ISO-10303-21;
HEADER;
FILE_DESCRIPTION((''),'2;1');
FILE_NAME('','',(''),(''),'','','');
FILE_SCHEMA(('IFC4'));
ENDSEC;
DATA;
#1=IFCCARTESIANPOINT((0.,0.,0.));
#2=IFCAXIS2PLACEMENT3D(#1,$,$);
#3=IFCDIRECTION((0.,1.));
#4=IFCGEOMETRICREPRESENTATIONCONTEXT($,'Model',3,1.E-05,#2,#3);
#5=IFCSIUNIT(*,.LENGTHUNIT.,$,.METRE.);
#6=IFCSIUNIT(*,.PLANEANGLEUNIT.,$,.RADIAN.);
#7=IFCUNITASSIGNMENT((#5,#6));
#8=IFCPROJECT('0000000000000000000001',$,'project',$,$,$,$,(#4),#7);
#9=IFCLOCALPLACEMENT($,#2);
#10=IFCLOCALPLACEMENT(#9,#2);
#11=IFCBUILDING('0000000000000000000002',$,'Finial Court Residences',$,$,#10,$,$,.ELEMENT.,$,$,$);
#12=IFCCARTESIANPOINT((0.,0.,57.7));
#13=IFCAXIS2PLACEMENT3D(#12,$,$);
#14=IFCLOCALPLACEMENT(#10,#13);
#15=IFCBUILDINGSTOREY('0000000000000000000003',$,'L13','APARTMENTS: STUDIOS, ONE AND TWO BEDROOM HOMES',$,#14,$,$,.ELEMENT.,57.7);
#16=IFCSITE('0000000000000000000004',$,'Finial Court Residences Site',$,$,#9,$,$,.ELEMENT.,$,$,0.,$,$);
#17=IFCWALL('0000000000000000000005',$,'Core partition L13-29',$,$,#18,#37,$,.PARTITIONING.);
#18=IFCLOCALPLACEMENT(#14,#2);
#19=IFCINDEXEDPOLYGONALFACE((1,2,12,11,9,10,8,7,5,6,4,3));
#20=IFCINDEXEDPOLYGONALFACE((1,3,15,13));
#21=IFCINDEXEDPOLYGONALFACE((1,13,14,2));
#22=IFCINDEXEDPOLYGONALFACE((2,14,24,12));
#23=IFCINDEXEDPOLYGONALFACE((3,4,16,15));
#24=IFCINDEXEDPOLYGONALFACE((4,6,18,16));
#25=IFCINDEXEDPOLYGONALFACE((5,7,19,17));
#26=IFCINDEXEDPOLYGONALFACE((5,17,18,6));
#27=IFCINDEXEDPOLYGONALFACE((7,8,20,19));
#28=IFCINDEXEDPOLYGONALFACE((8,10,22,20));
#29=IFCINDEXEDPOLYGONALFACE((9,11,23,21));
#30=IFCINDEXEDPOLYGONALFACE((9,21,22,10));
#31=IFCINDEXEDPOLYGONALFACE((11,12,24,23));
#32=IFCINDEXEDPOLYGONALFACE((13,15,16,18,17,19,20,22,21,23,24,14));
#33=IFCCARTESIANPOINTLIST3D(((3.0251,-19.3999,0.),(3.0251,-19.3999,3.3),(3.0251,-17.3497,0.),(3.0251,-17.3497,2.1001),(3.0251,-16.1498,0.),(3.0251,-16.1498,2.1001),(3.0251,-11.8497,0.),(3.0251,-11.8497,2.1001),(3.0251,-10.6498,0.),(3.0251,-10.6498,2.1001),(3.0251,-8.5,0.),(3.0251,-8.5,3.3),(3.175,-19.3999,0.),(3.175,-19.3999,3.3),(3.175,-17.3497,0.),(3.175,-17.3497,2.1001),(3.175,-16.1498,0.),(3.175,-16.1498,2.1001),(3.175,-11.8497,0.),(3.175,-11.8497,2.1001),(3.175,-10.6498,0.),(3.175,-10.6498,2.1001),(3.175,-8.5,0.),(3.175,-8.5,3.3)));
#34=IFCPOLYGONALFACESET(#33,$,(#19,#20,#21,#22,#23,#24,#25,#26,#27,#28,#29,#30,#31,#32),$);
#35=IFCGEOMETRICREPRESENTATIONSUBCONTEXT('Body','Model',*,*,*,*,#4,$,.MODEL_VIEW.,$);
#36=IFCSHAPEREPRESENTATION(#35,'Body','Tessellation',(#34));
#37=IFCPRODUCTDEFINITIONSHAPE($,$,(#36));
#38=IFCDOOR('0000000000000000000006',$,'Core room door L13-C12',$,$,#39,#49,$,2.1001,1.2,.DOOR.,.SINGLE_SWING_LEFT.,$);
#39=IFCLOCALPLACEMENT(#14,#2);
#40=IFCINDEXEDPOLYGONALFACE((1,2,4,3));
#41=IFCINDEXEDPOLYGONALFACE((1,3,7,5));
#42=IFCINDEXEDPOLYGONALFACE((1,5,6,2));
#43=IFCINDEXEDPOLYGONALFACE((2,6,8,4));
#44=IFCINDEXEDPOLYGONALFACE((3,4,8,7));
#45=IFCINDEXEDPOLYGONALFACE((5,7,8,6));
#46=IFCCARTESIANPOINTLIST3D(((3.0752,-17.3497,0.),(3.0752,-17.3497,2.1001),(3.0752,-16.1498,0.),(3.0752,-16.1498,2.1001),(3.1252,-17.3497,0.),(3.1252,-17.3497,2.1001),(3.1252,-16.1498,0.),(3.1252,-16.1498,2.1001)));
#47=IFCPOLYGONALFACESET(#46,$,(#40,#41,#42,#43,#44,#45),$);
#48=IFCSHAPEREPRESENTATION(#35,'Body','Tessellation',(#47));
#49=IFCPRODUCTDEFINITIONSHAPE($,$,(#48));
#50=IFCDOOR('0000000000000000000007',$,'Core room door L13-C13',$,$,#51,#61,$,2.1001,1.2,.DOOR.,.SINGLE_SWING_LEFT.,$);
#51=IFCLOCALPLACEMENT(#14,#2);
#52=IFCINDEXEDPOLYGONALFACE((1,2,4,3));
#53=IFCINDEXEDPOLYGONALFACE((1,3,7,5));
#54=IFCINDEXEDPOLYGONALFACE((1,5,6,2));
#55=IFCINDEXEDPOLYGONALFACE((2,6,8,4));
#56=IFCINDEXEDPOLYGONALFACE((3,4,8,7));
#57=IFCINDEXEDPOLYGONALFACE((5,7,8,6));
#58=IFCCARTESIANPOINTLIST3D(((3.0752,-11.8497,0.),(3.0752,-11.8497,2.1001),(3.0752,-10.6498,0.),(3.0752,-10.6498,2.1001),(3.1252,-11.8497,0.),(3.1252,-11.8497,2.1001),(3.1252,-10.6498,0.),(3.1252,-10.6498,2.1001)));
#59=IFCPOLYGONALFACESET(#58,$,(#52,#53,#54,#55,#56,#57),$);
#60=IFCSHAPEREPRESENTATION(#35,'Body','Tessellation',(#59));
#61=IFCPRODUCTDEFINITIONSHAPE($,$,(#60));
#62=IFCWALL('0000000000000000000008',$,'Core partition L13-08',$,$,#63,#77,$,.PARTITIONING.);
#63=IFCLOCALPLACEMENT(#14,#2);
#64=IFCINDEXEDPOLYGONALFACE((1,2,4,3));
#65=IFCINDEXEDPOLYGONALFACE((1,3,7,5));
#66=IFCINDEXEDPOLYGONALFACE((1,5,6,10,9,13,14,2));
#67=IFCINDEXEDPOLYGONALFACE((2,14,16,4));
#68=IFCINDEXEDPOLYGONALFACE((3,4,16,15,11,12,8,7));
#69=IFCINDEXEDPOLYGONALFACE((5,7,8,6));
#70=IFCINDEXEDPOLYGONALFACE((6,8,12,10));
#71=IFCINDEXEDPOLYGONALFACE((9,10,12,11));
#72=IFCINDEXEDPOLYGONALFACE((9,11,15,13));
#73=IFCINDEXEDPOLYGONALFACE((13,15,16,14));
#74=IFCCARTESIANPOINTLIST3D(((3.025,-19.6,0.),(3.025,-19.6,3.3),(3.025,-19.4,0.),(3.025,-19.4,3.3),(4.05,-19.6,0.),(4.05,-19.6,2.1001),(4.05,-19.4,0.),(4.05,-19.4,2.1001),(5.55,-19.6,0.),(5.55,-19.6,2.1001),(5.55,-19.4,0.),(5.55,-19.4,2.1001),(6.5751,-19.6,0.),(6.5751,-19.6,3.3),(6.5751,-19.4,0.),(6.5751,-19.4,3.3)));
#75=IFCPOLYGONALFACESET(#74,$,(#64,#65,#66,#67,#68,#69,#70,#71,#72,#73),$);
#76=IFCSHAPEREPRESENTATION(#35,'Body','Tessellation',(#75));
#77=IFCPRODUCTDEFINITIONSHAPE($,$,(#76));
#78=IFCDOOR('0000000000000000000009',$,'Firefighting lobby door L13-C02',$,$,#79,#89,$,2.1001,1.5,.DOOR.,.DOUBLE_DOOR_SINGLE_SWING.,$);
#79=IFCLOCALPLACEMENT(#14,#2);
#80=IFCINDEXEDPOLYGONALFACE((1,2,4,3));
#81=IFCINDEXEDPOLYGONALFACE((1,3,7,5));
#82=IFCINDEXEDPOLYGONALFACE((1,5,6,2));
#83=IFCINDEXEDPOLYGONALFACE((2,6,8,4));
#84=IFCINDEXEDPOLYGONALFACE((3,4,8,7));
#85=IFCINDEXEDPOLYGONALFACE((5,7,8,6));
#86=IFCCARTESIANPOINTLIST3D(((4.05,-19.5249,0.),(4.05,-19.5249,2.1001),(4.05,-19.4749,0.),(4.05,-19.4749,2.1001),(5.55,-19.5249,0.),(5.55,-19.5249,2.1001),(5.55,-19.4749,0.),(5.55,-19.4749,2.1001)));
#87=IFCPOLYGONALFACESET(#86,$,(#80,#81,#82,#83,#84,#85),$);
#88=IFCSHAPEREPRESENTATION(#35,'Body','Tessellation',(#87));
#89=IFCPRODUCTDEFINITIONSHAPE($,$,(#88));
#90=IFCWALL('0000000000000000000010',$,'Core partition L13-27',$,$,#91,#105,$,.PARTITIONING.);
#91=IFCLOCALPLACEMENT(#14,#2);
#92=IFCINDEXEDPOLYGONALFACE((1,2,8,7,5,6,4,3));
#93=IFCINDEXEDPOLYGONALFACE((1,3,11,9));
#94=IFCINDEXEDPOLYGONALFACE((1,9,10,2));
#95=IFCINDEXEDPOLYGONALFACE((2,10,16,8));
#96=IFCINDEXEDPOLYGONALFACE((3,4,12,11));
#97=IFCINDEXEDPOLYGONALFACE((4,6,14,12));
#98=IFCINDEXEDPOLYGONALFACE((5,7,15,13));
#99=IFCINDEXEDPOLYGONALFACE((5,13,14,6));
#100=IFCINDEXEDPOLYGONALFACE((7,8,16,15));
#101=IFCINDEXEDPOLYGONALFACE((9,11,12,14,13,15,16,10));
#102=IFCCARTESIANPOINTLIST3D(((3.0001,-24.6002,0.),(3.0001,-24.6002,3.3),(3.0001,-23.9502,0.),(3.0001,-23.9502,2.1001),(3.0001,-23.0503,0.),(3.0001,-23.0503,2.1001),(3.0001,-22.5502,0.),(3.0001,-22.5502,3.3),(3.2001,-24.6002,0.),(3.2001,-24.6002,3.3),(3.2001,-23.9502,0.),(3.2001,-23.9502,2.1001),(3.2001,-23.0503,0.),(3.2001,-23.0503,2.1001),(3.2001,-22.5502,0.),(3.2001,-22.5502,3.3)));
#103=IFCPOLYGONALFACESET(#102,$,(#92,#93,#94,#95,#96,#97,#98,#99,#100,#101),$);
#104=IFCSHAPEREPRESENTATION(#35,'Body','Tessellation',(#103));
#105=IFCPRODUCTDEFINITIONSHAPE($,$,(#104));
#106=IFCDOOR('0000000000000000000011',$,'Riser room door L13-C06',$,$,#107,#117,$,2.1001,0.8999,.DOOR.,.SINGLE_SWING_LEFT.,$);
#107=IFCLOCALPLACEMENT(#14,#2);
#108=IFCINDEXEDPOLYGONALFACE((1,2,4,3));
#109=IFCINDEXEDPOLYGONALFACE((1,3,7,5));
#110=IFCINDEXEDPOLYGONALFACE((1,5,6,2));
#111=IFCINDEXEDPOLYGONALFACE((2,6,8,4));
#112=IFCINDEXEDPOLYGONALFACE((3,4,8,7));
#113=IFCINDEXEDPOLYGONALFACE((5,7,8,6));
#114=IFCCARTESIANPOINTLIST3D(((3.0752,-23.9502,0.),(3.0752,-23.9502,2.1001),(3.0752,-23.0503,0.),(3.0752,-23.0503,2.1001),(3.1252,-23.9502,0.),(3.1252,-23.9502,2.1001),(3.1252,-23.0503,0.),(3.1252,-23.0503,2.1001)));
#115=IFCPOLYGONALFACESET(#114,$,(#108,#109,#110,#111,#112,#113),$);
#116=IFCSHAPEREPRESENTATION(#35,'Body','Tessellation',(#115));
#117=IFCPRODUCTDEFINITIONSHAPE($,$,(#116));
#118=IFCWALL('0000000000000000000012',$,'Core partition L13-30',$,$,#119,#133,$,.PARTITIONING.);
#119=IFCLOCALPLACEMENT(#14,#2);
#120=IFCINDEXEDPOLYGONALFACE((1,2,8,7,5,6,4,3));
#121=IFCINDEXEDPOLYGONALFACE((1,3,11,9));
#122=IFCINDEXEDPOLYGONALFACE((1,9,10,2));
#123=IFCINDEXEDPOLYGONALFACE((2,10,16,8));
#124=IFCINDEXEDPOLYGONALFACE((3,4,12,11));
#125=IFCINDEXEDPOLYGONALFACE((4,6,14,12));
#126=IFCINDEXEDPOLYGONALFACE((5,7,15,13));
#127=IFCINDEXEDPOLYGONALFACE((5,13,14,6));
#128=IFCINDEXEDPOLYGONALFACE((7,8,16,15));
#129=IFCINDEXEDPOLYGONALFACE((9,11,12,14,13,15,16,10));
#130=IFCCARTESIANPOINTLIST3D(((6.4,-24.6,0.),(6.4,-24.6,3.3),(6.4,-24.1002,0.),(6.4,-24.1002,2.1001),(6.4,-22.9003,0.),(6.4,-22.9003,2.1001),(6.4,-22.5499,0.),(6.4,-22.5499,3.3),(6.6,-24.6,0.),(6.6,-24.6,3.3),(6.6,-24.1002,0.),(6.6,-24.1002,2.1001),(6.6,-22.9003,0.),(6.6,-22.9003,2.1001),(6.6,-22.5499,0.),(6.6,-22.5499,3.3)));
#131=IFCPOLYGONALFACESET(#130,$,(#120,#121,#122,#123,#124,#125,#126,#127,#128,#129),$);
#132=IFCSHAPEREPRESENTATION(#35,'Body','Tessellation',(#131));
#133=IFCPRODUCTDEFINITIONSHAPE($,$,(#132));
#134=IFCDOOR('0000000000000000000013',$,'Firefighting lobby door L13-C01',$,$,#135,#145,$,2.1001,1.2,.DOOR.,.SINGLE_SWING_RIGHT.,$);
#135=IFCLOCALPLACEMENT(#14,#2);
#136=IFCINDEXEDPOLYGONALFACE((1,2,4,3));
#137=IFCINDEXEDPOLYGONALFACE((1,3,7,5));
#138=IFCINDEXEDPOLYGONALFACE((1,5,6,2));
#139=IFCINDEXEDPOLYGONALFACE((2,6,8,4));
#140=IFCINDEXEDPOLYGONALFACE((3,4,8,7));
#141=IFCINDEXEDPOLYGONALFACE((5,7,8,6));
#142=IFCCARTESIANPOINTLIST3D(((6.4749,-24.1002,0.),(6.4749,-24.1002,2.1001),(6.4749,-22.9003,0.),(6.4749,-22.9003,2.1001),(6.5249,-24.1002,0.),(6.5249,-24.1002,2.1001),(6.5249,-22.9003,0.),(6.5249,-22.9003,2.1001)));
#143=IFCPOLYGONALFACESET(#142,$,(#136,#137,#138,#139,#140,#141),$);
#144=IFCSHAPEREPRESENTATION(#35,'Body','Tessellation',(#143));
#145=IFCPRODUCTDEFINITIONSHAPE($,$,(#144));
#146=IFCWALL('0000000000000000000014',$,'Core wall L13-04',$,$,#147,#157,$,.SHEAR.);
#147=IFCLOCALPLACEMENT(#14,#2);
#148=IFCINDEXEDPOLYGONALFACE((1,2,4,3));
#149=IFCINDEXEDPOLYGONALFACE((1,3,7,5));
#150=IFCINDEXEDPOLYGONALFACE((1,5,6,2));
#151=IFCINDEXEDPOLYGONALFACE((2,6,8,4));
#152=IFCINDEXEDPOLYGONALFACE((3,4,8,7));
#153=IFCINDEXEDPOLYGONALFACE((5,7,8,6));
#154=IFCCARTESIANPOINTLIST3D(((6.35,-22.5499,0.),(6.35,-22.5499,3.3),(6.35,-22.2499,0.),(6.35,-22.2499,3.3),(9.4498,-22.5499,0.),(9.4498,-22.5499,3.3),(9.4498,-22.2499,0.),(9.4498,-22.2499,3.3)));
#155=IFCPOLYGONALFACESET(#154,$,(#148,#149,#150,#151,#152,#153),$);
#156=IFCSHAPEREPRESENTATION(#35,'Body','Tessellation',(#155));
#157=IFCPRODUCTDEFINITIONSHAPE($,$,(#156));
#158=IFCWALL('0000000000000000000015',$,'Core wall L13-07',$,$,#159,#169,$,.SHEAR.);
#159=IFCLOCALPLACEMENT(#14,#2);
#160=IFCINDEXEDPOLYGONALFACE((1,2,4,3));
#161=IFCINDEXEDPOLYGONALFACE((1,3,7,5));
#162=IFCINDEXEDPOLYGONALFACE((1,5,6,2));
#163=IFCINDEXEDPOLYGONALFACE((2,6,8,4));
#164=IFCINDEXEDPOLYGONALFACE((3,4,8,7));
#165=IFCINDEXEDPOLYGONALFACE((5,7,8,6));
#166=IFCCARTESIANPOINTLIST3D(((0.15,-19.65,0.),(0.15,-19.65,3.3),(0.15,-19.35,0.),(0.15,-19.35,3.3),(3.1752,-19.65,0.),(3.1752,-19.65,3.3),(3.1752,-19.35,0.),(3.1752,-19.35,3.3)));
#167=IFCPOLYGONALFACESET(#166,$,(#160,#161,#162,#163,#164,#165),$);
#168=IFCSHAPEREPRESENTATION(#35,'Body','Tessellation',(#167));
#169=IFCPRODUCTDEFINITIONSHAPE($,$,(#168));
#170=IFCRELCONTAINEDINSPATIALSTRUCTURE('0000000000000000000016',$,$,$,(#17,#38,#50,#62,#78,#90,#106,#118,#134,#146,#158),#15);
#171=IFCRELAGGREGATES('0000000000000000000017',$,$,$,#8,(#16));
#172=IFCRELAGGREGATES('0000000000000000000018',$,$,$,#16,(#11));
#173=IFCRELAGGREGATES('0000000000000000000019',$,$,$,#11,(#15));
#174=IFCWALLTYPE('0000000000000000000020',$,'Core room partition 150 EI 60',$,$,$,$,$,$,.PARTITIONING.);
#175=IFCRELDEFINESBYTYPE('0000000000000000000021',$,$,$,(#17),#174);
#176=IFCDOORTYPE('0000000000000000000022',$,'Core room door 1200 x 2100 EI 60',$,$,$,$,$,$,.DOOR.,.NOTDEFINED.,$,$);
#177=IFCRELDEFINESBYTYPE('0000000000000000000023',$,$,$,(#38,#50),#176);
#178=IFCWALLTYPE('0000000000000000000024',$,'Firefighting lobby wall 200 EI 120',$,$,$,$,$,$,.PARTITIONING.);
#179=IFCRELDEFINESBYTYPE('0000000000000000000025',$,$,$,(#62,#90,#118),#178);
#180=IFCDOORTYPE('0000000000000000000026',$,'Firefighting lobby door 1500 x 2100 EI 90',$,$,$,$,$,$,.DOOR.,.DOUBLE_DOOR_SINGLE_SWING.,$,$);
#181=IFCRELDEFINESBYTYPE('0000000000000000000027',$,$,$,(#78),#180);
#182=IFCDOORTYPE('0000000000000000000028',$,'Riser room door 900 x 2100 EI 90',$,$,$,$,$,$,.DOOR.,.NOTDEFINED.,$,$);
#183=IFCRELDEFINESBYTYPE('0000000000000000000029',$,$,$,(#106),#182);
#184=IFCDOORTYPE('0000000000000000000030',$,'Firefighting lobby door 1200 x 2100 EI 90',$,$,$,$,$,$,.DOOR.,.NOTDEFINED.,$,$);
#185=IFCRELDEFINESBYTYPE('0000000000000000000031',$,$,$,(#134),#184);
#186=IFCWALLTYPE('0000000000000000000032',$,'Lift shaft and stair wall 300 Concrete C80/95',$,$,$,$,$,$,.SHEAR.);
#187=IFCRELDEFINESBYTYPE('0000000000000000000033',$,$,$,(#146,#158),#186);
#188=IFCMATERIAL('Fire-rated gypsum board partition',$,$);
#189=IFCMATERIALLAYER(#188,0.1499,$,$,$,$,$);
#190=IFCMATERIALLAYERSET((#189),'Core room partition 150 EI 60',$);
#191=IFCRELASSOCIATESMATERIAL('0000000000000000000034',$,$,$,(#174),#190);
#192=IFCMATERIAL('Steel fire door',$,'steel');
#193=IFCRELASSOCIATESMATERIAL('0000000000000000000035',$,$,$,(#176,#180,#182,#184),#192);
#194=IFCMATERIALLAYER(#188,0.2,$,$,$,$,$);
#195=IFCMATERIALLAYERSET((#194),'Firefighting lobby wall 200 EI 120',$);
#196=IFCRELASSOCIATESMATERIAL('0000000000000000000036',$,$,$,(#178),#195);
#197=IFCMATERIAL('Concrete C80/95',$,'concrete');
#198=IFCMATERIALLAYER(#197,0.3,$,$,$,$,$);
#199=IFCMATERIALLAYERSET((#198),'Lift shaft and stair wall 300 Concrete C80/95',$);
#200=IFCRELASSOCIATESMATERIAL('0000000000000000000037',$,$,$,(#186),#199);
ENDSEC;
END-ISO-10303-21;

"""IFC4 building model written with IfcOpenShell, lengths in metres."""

from ifc_helpers import new_model, si_unit, direction, frame, frame_2d, origin, place, context, subcontext, project, spatial, rectangle, extrude, material, layer, layer_set, type_object, element, fill, save


model = new_model("IFC4")

# Units and contexts
model_context = context("Model", 3, precision=1e-05, world=origin(), true_north=direction((0.0, 1.0)))
body_context = subcontext(model_context, "Body", "Model", "MODEL_VIEW")
ifc_project = project(units=[si_unit("LENGTHUNIT", "METRE"), si_unit("PLANEANGLEUNIT", "RADIAN")], contexts=[model_context])

# Site, building, storey
site_placement = place(None, origin())
site = spatial("IfcSite", under=ifc_project, at=site_placement, Name="Finial Court Residences Site", CompositionType="ELEMENT", RefElevation=0.0)
building_placement = place(site_placement, origin())
building = spatial("IfcBuilding", under=site, at=building_placement, Name="Finial Court Residences", CompositionType="ELEMENT")
storey_placement = place(building_placement, frame((0.0, 0.0, 57.7)))
storey = spatial("IfcBuildingStorey", under=building, at=storey_placement, Name="L13", Description="APARTMENTS: STUDIOS, ONE AND TWO BEDROOM HOMES", CompositionType="ELEMENT", Elevation=57.7)

# Wall, openings, doors
ifc_material_1 = material(Name="Fire-rated gypsum board partition")
ifc_layer_1 = layer(ifc_material_1, 0.1499)
ifc_layer_set_1 = layer_set([ifc_layer_1], Name="Core room partition 150 EI 60")
wall_type_1 = type_object("IfcWallType", Name="Core room partition 150 EI 60", PredefinedType="PARTITIONING", material=ifc_layer_set_1)
wall_1_placement = place(storey_placement, frame((3.1001, -19.3999, 0.0), z_axis=(0.0, 0.0, 1.0), x_axis=(0.0, 1.0, 0.0)))
wall_1 = element("IfcWall", 1, at=wall_1_placement, inside=storey, type_object=wall_type_1, Name="Core partition L13-29", PredefinedType="PARTITIONING", context=body_context, shape_type="SweptSolid", body=[
    extrude(rectangle(XDim=10.8999, YDim=0.1499, at=frame_2d((5.45, 0.0))), origin(), (0.0, 0.0, 1.0), 3.3),
])
opening_1_placement = place(wall_1_placement, frame((2.05, 0.0, 0.0)))
opening_1 = element("IfcOpeningElement", 2, at=opening_1_placement, cuts=wall_1, PredefinedType="OPENING", context=body_context, shape_type="SweptSolid", body=[
    extrude(rectangle(XDim=1.2, YDim=2.1001, at=frame_2d((0.6001, 1.05))), frame((0.0, 0.085, 0.0), z_axis=(0.0, -1.0, 0.0), x_axis=(1.0, 0.0, 0.0)), (0.0, 0.0, 1.0), 0.1699),
])
opening_2_placement = place(wall_1_placement, frame((7.55, 0.0, 0.0)))
opening_2 = element("IfcOpeningElement", 3, at=opening_2_placement, cuts=wall_1, PredefinedType="OPENING", context=body_context, shape_type="SweptSolid", body=[
    extrude(rectangle(XDim=1.2, YDim=2.1001, at=frame_2d((0.6001, 1.05))), frame((0.0, 0.085, 0.0), z_axis=(0.0, -1.0, 0.0), x_axis=(1.0, 0.0, 0.0)), (0.0, 0.0, 1.0), 0.1699),
])
ifc_material_2 = material(Name="Steel fire door", Category="steel")
door_type_1 = type_object("IfcDoorType", Name="Core room door 1200 x 2100 EI 60", OperationType="NOTDEFINED", PredefinedType="DOOR", material=ifc_material_2)
door_1_placement = place(opening_1_placement, origin())
door_1 = element("IfcDoor", 4, at=door_1_placement, inside=storey, type_object=door_type_1, Name="Core room door L13-C12", OperationType="SINGLE_SWING_LEFT", OverallHeight=2.1001, OverallWidth=1.2, PredefinedType="DOOR", context=body_context, shape_type="SweptSolid", body=[
    extrude(rectangle(XDim=1.2, YDim=2.1001, at=frame_2d((0.6001, 1.05))), frame((0.0, 0.0249, 0.0), z_axis=(0.0, -1.0, 0.0), x_axis=(1.0, 0.0, 0.0)), (0.0, 0.0, 1.0), 0.05),
])
fill(opening_1, door_1)
door_2_placement = place(opening_2_placement, origin())
door_2 = element("IfcDoor", 5, at=door_2_placement, inside=storey, type_object=door_type_1, Name="Core room door L13-C13", OperationType="SINGLE_SWING_LEFT", OverallHeight=2.1001, OverallWidth=1.2, PredefinedType="DOOR", context=body_context, shape_type="SweptSolid", body=[
    extrude(rectangle(XDim=1.2, YDim=2.1001, at=frame_2d((0.6001, 1.05))), frame((0.0, 0.0249, 0.0), z_axis=(0.0, -1.0, 0.0), x_axis=(1.0, 0.0, 0.0)), (0.0, 0.0, 1.0), 0.05),
])
fill(opening_2, door_2)

# Walls, openings, doors
ifc_layer_2 = layer(ifc_material_1, 0.2)
ifc_layer_set_2 = layer_set([ifc_layer_2], Name="Firefighting lobby wall 200 EI 120")
wall_type_2 = type_object("IfcWallType", Name="Firefighting lobby wall 200 EI 120", PredefinedType="PARTITIONING", material=ifc_layer_set_2)
wall_2_placement = place(storey_placement, frame((6.575, -19.5, 0.0), z_axis=(0.0, 0.0, 1.0), x_axis=(-1.0, 0.0, 0.0)))
wall_2 = element("IfcWall", 6, at=wall_2_placement, inside=storey, type_object=wall_type_2, Name="Core partition L13-08", PredefinedType="PARTITIONING", context=body_context, shape_type="SweptSolid", body=[
    extrude(rectangle(XDim=3.55, YDim=0.2, at=frame_2d((1.7749, 0.0))), origin(), (0.0, 0.0, 1.0), 3.3),
])
opening_3_placement = place(wall_2_placement, frame((1.0249, 0.0, 0.0)))
opening_3 = element("IfcOpeningElement", 7, at=opening_3_placement, cuts=wall_2, PredefinedType="OPENING", context=body_context, shape_type="SweptSolid", body=[
    extrude(rectangle(XDim=1.5, YDim=2.1001, at=frame_2d((0.75, 1.05))), frame((0.0, 0.1099, 0.0), z_axis=(0.0, -1.0, 0.0), x_axis=(1.0, 0.0, 0.0)), (0.0, 0.0, 1.0), 0.22),
])
door_type_2 = type_object("IfcDoorType", Name="Firefighting lobby door 1500 x 2100 EI 90", OperationType="DOUBLE_DOOR_SINGLE_SWING", PredefinedType="DOOR", material=ifc_material_2)
door_3_placement = place(opening_3_placement, origin())
door_3 = element("IfcDoor", 8, at=door_3_placement, inside=storey, type_object=door_type_2, Name="Firefighting lobby door L13-C02", OperationType="DOUBLE_DOOR_SINGLE_SWING", OverallHeight=2.1001, OverallWidth=1.5, PredefinedType="DOOR", context=body_context, shape_type="SweptSolid", body=[
    extrude(rectangle(XDim=1.5, YDim=2.1001, at=frame_2d((0.75, 1.05))), frame((0.0, 0.0249, 0.0), z_axis=(0.0, -1.0, 0.0), x_axis=(1.0, 0.0, 0.0)), (0.0, 0.0, 1.0), 0.05),
])
fill(opening_3, door_3)
wall_3_placement = place(storey_placement, frame((3.1001, -24.6001, 0.0), z_axis=(0.0, 0.0, 1.0), x_axis=(0.0, 1.0, 0.0)))
wall_3 = element("IfcWall", 9, at=wall_3_placement, inside=storey, type_object=wall_type_2, Name="Core partition L13-27", PredefinedType="PARTITIONING", context=body_context, shape_type="SweptSolid", body=[
    extrude(rectangle(XDim=2.05, YDim=0.2, at=frame_2d((1.0249, 0.0))), origin(), (0.0, 0.0, 1.0), 3.3),
])
opening_4_placement = place(wall_3_placement, frame((0.6499, 0.0, 0.0)))
opening_4 = element("IfcOpeningElement", 10, at=opening_4_placement, cuts=wall_3, PredefinedType="OPENING", context=body_context, shape_type="SweptSolid", body=[
    extrude(rectangle(XDim=0.8999, YDim=2.1001, at=frame_2d((0.45, 1.05))), frame((0.0, 0.1099, 0.0), z_axis=(0.0, -1.0, 0.0), x_axis=(1.0, 0.0, 0.0)), (0.0, 0.0, 1.0), 0.22),
])
door_type_3 = type_object("IfcDoorType", Name="Riser room door 900 x 2100 EI 90", OperationType="NOTDEFINED", PredefinedType="DOOR", material=ifc_material_2)
door_4_placement = place(opening_4_placement, origin())
door_4 = element("IfcDoor", 11, at=door_4_placement, inside=storey, type_object=door_type_3, Name="Riser room door L13-C06", OperationType="SINGLE_SWING_LEFT", OverallHeight=2.1001, OverallWidth=0.8999, PredefinedType="DOOR", context=body_context, shape_type="SweptSolid", body=[
    extrude(rectangle(XDim=0.8999, YDim=2.1001, at=frame_2d((0.45, 1.05))), frame((0.0, 0.0249, 0.0), z_axis=(0.0, -1.0, 0.0), x_axis=(1.0, 0.0, 0.0)), (0.0, 0.0, 1.0), 0.05),
])
fill(opening_4, door_4)
wall_4_placement = place(storey_placement, frame((6.5, -22.55, 0.0), z_axis=(0.0, 0.0, 1.0), x_axis=(0.0, -1.0, 0.0)))
wall_4 = element("IfcWall", 12, at=wall_4_placement, inside=storey, type_object=wall_type_2, Name="Core partition L13-30", PredefinedType="PARTITIONING", context=body_context, shape_type="SweptSolid", body=[
    extrude(rectangle(XDim=2.05, YDim=0.2, at=frame_2d((1.0249, 0.0))), origin(), (0.0, 0.0, 1.0), 3.3),
])
opening_5_placement = place(wall_4_placement, frame((0.3501, 0.0, 0.0)))
opening_5 = element("IfcOpeningElement", 13, at=opening_5_placement, cuts=wall_4, PredefinedType="OPENING", context=body_context, shape_type="SweptSolid", body=[
    extrude(rectangle(XDim=1.2, YDim=2.1001, at=frame_2d((0.6001, 1.05))), frame((0.0, 0.1099, 0.0), z_axis=(0.0, -1.0, 0.0), x_axis=(1.0, 0.0, 0.0)), (0.0, 0.0, 1.0), 0.22),
])
door_type_4 = type_object("IfcDoorType", Name="Firefighting lobby door 1200 x 2100 EI 90", OperationType="NOTDEFINED", PredefinedType="DOOR", material=ifc_material_2)
door_5_placement = place(opening_5_placement, origin())
door_5 = element("IfcDoor", 14, at=door_5_placement, inside=storey, type_object=door_type_4, Name="Firefighting lobby door L13-C01", OperationType="SINGLE_SWING_RIGHT", OverallHeight=2.1001, OverallWidth=1.2, PredefinedType="DOOR", context=body_context, shape_type="SweptSolid", body=[
    extrude(rectangle(XDim=1.2, YDim=2.1001, at=frame_2d((0.6001, 1.05))), frame((0.0, 0.0249, 0.0), z_axis=(0.0, -1.0, 0.0), x_axis=(1.0, 0.0, 0.0)), (0.0, 0.0, 1.0), 0.05),
])
fill(opening_5, door_5)

# Walls
ifc_material_3 = material(Name="Concrete C80/95", Category="concrete")
ifc_layer_3 = layer(ifc_material_3, 0.3)
ifc_layer_set_3 = layer_set([ifc_layer_3], Name="Lift shaft and stair wall 300 Concrete C80/95")
wall_type_3 = type_object("IfcWallType", Name="Lift shaft and stair wall 300 Concrete C80/95", PredefinedType="SHEAR", material=ifc_layer_set_3)
wall_5_placement = place(storey_placement, frame((6.3501, -22.3999, 0.0), z_axis=(0.0, 0.0, 1.0), x_axis=(1.0, 0.0, 0.0)))
element("IfcWall", 15, at=wall_5_placement, inside=storey, type_object=wall_type_3, Name="Core wall L13-04", PredefinedType="SHEAR", context=body_context, shape_type="SweptSolid", body=[
    extrude(rectangle(XDim=3.0999, YDim=0.3, at=frame_2d((1.5498, 0.0))), origin(), (0.0, 0.0, 1.0), 3.3),
])
wall_6_placement = place(storey_placement, frame((0.1499, -19.5, 0.0), z_axis=(0.0, 0.0, 1.0), x_axis=(1.0, 0.0, 0.0)))
element("IfcWall", 16, at=wall_6_placement, inside=storey, type_object=wall_type_3, Name="Core wall L13-07", PredefinedType="SHEAR", context=body_context, shape_type="SweptSolid", body=[
    extrude(rectangle(XDim=3.0251, YDim=0.3, at=frame_2d((1.5127, 0.0))), origin(), (0.0, 0.0, 1.0), 3.3),
])

save(model, "model.ifc")
